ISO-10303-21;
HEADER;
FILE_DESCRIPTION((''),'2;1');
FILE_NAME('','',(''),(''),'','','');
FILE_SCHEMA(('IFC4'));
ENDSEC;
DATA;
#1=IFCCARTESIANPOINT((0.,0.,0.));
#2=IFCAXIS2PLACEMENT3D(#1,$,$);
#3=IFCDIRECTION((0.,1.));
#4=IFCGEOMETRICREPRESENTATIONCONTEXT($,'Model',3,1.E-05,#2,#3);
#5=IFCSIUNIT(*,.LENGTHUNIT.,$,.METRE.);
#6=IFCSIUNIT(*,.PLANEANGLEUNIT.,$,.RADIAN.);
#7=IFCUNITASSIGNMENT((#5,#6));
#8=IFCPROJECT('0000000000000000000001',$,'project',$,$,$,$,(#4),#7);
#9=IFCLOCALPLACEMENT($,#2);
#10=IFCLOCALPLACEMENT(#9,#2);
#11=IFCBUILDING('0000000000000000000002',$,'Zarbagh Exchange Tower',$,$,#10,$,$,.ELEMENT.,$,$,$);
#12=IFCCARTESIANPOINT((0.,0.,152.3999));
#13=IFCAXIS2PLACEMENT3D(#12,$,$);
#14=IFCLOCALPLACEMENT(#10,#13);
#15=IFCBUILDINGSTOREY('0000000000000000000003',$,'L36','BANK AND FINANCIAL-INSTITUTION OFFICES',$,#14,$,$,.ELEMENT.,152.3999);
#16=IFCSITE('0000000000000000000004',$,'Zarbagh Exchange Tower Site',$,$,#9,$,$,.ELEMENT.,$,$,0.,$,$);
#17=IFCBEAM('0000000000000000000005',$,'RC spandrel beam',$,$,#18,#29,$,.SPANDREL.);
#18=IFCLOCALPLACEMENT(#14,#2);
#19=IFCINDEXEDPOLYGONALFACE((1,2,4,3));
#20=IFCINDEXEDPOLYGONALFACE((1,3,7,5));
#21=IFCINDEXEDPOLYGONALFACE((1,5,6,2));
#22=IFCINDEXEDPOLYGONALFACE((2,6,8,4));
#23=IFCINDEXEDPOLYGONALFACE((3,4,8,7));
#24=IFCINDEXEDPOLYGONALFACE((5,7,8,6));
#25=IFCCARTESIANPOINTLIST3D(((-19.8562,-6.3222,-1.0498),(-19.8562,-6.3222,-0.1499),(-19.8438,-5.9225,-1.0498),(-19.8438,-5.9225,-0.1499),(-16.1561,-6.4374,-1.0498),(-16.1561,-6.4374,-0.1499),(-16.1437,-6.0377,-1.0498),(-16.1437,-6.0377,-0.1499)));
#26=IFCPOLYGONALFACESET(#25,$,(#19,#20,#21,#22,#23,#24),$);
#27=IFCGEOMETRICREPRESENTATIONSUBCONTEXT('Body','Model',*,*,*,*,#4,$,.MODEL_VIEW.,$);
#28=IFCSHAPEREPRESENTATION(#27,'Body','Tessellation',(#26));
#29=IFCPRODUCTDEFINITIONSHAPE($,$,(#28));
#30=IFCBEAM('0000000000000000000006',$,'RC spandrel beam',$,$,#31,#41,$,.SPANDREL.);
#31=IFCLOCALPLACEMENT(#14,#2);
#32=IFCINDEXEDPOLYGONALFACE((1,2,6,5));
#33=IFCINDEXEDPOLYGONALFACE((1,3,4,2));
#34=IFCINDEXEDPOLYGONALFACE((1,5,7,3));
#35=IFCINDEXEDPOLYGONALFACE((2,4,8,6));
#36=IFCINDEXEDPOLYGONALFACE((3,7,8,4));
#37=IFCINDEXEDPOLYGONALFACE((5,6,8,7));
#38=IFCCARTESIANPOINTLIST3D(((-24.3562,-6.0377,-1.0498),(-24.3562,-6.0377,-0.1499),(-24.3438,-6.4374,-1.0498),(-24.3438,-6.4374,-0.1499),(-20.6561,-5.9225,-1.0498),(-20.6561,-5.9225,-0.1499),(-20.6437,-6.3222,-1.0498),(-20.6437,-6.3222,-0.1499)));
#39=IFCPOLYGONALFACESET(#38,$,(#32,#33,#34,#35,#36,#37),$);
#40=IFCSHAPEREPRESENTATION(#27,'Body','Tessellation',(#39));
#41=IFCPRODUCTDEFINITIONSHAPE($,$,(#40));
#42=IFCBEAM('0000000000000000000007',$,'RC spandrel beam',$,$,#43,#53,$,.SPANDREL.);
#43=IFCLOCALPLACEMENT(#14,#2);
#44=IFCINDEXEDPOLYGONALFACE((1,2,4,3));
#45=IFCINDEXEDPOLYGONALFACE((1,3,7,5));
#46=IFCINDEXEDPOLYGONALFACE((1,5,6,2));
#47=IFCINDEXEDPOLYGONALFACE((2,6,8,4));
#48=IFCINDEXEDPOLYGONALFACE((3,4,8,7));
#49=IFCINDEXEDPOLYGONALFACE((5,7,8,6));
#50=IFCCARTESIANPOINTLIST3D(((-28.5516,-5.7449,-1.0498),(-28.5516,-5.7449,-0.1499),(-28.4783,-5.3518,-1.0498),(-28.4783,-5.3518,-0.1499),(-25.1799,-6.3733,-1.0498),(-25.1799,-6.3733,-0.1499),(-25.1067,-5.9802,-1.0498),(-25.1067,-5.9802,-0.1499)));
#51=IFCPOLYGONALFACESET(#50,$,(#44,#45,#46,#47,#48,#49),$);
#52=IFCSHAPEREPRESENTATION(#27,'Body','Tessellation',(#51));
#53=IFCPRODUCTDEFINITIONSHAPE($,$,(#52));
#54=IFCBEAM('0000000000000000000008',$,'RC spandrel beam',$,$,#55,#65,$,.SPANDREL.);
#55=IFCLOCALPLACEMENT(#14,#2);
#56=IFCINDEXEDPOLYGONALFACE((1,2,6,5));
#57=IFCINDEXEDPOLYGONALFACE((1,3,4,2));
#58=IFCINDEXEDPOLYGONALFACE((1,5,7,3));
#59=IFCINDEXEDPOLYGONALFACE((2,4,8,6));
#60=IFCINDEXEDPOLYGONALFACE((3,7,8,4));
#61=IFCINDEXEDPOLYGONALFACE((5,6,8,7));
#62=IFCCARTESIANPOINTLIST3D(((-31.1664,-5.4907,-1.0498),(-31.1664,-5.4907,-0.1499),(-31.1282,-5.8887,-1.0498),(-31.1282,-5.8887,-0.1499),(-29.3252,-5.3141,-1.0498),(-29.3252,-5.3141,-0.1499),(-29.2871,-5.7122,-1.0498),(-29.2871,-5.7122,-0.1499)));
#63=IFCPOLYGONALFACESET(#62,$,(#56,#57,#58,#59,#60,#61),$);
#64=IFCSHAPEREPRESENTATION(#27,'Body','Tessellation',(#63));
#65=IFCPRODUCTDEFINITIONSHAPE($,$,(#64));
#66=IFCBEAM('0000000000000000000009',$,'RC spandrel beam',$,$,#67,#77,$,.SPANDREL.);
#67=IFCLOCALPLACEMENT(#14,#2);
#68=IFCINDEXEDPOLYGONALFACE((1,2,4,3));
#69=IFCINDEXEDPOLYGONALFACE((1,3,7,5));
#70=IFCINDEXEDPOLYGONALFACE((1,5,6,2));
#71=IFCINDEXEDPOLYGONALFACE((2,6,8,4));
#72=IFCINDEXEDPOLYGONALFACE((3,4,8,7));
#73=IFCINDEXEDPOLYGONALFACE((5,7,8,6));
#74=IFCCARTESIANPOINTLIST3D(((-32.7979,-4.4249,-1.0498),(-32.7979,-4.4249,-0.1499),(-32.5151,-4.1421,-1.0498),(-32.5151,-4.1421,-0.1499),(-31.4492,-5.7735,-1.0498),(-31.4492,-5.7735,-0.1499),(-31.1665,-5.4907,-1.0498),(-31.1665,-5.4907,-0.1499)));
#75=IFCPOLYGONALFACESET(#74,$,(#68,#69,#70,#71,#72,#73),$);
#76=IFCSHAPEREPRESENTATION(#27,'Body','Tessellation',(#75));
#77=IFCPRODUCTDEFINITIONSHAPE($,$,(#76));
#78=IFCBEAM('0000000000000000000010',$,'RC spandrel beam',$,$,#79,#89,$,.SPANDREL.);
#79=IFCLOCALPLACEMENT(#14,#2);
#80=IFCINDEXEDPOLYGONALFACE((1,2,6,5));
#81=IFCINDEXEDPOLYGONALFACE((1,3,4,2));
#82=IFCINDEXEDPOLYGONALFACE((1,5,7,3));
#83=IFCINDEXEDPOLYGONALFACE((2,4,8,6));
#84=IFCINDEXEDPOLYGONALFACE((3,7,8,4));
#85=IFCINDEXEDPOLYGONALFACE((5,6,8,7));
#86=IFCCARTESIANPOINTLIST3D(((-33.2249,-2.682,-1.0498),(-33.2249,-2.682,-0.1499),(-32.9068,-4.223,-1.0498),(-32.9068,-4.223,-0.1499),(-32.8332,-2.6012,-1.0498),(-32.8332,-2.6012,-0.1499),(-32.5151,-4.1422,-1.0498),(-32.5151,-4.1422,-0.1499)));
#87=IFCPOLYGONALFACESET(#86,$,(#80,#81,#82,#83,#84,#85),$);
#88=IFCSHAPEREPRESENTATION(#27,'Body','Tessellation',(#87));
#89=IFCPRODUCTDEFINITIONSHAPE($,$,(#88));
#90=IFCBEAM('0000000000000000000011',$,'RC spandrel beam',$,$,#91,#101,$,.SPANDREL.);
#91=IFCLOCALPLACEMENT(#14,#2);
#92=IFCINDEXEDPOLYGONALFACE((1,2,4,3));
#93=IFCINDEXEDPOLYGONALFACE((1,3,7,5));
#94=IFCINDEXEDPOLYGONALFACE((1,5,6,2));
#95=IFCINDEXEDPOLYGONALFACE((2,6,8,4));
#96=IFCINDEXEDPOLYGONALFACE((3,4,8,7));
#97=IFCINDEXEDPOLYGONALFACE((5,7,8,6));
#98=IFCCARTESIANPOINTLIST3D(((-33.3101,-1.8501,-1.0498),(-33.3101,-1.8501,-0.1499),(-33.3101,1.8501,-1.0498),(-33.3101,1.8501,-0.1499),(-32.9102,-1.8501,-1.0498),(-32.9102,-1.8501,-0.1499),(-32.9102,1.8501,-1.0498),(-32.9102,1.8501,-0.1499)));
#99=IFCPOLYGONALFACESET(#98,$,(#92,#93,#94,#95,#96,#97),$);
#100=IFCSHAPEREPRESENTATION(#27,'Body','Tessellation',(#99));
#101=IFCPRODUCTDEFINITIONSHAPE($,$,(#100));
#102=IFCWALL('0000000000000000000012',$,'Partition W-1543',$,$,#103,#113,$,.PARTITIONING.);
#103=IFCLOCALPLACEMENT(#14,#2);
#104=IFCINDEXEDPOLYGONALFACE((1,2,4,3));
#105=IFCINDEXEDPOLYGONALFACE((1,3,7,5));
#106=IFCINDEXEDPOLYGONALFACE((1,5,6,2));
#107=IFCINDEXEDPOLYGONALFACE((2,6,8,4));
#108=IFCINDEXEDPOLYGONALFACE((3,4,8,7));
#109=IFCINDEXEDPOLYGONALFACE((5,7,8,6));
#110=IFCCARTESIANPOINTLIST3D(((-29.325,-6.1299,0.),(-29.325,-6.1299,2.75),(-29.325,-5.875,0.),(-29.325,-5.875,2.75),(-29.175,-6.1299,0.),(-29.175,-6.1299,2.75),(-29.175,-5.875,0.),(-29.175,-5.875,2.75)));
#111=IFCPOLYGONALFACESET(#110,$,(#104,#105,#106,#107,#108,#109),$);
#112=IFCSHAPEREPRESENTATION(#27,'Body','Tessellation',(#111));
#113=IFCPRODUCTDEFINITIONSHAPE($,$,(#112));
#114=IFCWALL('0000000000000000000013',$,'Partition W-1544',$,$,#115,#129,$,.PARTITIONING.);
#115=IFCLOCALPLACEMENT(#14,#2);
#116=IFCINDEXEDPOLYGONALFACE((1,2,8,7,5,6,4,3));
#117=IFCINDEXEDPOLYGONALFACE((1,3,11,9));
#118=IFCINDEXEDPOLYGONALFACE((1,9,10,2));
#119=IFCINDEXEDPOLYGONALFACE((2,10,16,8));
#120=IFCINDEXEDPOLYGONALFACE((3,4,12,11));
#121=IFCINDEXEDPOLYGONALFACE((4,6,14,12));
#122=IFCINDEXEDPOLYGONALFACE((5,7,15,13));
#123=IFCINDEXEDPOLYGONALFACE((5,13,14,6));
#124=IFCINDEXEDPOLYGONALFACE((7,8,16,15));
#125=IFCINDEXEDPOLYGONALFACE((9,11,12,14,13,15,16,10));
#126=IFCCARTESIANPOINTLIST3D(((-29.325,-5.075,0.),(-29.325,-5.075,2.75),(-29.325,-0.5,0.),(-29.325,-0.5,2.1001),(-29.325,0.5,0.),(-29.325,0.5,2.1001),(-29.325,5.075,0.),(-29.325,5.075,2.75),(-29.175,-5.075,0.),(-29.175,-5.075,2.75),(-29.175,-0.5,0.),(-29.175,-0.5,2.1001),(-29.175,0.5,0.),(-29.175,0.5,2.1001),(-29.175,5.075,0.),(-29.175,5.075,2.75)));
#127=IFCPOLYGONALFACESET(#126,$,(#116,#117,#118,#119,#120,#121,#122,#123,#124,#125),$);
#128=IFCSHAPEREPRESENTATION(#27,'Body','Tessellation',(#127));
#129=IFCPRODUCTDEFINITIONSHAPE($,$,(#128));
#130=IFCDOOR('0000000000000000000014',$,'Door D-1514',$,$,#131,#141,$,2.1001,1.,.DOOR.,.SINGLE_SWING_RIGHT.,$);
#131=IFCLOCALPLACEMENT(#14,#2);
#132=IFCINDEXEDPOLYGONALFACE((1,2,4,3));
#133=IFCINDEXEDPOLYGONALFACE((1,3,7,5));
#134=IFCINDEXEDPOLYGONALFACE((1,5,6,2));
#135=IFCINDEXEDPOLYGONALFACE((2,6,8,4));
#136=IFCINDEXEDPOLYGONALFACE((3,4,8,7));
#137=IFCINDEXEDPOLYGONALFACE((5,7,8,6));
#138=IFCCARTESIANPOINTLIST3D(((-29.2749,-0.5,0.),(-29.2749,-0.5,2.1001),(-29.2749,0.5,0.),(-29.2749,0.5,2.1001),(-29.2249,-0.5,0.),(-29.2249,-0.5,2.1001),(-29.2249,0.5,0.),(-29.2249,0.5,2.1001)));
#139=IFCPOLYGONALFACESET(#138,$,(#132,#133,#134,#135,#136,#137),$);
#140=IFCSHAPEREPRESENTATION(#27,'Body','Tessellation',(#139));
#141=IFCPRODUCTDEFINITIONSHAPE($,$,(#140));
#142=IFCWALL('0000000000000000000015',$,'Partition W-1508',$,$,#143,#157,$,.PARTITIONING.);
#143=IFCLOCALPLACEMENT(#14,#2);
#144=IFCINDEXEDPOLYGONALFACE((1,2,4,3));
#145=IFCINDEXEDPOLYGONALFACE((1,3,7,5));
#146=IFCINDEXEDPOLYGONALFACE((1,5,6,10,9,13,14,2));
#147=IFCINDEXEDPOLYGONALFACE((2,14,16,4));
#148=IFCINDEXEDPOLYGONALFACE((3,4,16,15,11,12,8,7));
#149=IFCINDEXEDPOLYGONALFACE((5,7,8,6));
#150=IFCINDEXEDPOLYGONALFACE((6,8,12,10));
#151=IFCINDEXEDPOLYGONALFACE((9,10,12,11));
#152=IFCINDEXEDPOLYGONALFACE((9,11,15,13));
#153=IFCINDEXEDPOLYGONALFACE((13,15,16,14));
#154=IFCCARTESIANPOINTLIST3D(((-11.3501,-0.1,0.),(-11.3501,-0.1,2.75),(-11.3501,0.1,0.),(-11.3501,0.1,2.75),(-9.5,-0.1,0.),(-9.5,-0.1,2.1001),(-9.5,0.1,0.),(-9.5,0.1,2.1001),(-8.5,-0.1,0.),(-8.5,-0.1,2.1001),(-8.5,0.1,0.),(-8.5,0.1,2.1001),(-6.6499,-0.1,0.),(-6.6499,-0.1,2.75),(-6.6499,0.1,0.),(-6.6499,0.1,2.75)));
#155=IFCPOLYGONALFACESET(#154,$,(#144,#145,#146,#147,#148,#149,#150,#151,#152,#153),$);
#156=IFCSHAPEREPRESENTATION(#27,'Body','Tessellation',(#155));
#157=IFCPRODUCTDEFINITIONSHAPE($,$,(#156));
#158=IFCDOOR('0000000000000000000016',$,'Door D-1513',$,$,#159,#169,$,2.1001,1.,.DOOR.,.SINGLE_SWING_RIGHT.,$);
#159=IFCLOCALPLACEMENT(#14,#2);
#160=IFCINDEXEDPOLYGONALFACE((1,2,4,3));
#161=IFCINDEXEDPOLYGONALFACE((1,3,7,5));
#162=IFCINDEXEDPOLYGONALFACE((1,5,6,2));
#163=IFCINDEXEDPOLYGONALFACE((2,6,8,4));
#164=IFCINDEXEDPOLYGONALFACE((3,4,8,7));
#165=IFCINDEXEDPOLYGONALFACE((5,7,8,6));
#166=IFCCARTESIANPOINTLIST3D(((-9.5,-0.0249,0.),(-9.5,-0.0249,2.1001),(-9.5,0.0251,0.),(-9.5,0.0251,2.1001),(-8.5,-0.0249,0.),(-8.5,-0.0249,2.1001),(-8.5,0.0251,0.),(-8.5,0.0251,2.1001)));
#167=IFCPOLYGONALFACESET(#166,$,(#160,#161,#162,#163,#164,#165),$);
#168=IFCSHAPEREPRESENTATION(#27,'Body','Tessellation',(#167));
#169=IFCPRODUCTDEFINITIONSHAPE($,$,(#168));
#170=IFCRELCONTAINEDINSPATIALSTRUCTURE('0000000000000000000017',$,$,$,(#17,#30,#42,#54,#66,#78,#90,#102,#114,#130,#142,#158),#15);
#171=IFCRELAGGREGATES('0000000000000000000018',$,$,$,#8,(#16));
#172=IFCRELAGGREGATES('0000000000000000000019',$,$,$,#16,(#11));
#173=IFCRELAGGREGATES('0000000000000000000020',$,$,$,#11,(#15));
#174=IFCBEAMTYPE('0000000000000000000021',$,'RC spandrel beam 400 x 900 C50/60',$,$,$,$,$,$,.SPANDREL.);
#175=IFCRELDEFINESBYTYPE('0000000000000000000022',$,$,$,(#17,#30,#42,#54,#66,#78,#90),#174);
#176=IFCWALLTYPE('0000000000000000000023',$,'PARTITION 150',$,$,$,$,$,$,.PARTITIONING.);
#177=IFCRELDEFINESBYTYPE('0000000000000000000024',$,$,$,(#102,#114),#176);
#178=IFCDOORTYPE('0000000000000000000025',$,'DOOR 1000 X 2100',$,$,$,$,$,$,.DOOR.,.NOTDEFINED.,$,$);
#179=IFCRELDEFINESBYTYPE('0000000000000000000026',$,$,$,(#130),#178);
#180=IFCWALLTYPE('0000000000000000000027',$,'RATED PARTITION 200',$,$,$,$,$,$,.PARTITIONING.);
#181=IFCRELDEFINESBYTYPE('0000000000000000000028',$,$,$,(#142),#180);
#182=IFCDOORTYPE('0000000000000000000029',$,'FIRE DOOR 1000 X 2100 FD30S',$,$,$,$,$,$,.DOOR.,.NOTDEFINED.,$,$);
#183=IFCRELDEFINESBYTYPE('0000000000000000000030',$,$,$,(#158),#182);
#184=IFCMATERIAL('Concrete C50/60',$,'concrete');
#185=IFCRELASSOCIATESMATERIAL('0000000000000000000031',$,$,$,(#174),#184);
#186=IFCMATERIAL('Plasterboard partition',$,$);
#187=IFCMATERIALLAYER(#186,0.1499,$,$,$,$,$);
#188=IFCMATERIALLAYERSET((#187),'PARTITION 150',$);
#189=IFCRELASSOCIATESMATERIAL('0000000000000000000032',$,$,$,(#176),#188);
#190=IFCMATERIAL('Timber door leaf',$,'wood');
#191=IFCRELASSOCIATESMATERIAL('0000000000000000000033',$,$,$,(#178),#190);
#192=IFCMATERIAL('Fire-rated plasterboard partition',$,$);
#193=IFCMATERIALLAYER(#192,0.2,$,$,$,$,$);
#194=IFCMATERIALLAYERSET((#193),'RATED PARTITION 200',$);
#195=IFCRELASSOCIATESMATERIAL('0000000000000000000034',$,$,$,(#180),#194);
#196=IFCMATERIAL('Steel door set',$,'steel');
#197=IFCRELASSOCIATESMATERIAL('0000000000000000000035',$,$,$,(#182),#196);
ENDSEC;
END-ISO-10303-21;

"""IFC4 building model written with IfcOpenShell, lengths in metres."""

from ifc_helpers import new_model, si_unit, direction, frame, frame_2d, origin, origin_2d, place, context, subcontext, project, spatial, rectangle, extrude, material, layer, layer_set, material_profile, profile_set, type_object, element, fill, save


model = new_model("IFC4")

# Units and contexts
model_context = context("Model", 3, precision=1e-05, world=origin(), true_north=direction((0.0, 1.0)))
body_context = subcontext(model_context, "Body", "Model", "MODEL_VIEW")
ifc_project = project(units=[si_unit("LENGTHUNIT", "METRE"), si_unit("PLANEANGLEUNIT", "RADIAN")], contexts=[model_context])

# Site, building, storey
site_placement = place(None, origin())
site = spatial("IfcSite", under=ifc_project, at=site_placement, Name="Zarbagh Exchange Tower Site", CompositionType="ELEMENT", RefElevation=0.0)
building_placement = place(site_placement, origin())
building = spatial("IfcBuilding", under=site, at=building_placement, Name="Zarbagh Exchange Tower", CompositionType="ELEMENT")
storey_placement = place(building_placement, frame((0.0, 0.0, 152.3999)))
storey = spatial("IfcBuildingStorey", under=building, at=storey_placement, Name="L36", Description="BANK AND FINANCIAL-INSTITUTION OFFICES", CompositionType="ELEMENT", Elevation=152.3999)

# Shared definitions
ifc_material_1 = material(Name="Concrete C50/60", Category="concrete")

# Beams
ifc_material_profile_1 = material_profile(ifc_material_1, rectangle(XDim=0.3999, YDim=0.8999, at=origin_2d()), Name="RC spandrel beam 400 x 900 C50/60")
ifc_profile_set_1 = profile_set([ifc_material_profile_1], Name="Concrete C50/60")
beam_type_1 = type_object("IfcBeamType", Name="RC spandrel beam 400 x 900 C50/60", PredefinedType="SPANDREL", material=ifc_profile_set_1)
for number, where, z_axis, x_axis, name in (
    (1, (-16.1499, -6.2375, -0.5999), (-0.999515, 0.031128, 0.0), (-0.031128, -0.999515, 0.0), "RC spandrel beam"),
    (2, (-20.6499, -6.1223, -0.5999), (-0.999515, -0.031128, 0.0), (0.031128, -0.999515, 0.0), "RC spandrel beam"),
):
    element("IfcBeam", number, at=place(storey_placement, frame(where, z_axis=z_axis, x_axis=x_axis)), inside=storey, type_object=beam_type_1, Name=name, PredefinedType="SPANDREL", context=body_context, shape_type="SweptSolid", body=[
        extrude(rectangle(XDim=0.3999, YDim=0.8999, at=origin_2d()), origin(), (0.0, 0.0, 1.0), 3.7019),
    ])
beam_1_placement = place(storey_placement, frame((-25.1433, -6.1768, -0.5999), z_axis=(-0.98307, 0.183231, 0.0), x_axis=(-0.183231, -0.98307, 0.0)))
element("IfcBeam", 3, at=beam_1_placement, inside=storey, type_object=beam_type_1, Name="RC spandrel beam", PredefinedType="SPANDREL", context=body_context, shape_type="SweptSolid", body=[
    extrude(rectangle(XDim=0.3999, YDim=0.8999, at=origin_2d()), origin(), (0.0, 0.0, 1.0), 3.4297),
])
beam_2_placement = place(storey_placement, frame((-29.3062, -5.5132, -0.5999), z_axis=(-0.995435, -0.095438, 0.0), x_axis=(0.095438, -0.995435, 0.0)))
element("IfcBeam", 4, at=beam_2_placement, inside=storey, type_object=beam_type_1, Name="RC spandrel beam", PredefinedType="SPANDREL", context=body_context, shape_type="SweptSolid", body=[
    extrude(rectangle(XDim=0.3999, YDim=0.8999, at=origin_2d()), origin(), (0.0, 0.0, 1.0), 1.8496),
])
beam_3_placement = place(storey_placement, frame((-31.3079, -5.6321, -0.5999), z_axis=(-0.707107, 0.707107, 0.0), x_axis=(-0.707107, -0.707107, 0.0)))
element("IfcBeam", 5, at=beam_3_placement, inside=storey, type_object=beam_type_1, Name="RC spandrel beam", PredefinedType="SPANDREL", context=body_context, shape_type="SweptSolid", body=[
    extrude(rectangle(XDim=0.3999, YDim=0.8999, at=origin_2d()), origin(), (0.0, 0.0, 1.0), 1.9072),
])
beam_4_placement = place(storey_placement, frame((-32.7109, -4.1826, -0.5999), z_axis=(-0.202169, 0.979351, 0.0), x_axis=(-0.979351, -0.202169, 0.0)))
element("IfcBeam", 6, at=beam_4_placement, inside=storey, type_object=beam_type_1, Name="RC spandrel beam", PredefinedType="SPANDREL", context=body_context, shape_type="SweptSolid", body=[
    extrude(rectangle(XDim=0.3999, YDim=0.8999, at=origin_2d()), origin(), (0.0, 0.0, 1.0), 1.5735),
])
beam_5_placement = place(storey_placement, frame((-33.1101, -1.8501, -0.5999), z_axis=(0.0, 1.0, 0.0), x_axis=(-1.0, 0.0, 0.0)))
element("IfcBeam", 7, at=beam_5_placement, inside=storey, type_object=beam_type_1, Name="RC spandrel beam", PredefinedType="SPANDREL", context=body_context, shape_type="SweptSolid", body=[
    extrude(rectangle(XDim=0.3999, YDim=0.8999, at=origin_2d()), origin(), (0.0, 0.0, 1.0), 3.7002),
])

# Wall
ifc_material_2 = material(Name="Plasterboard partition")
ifc_layer_1 = layer(ifc_material_2, 0.1499)
ifc_layer_set_1 = layer_set([ifc_layer_1], Name="PARTITION 150")
wall_type_1 = type_object("IfcWallType", Name="PARTITION 150", PredefinedType="PARTITIONING", material=ifc_layer_set_1)
wall_1_placement = place(storey_placement, frame((-29.25, -6.1299, 0.0), z_axis=(0.0, 0.0, 1.0), x_axis=(0.0, 1.0, 0.0)))
element("IfcWall", 8, at=wall_1_placement, inside=storey, type_object=wall_type_1, Name="Partition W-1543", PredefinedType="PARTITIONING", context=body_context, shape_type="SweptSolid", body=[
    extrude(rectangle(XDim=0.2549, YDim=0.1499, at=frame_2d((0.1274, 0.0))), origin(), (0.0, 0.0, 1.0), 2.75),
])

# Walls, openings, doors
wall_2_placement = place(storey_placement, frame((-29.25, -5.075, 0.0), z_axis=(0.0, 0.0, 1.0), x_axis=(0.0, 1.0, 0.0)))
wall_2 = element("IfcWall", 9, at=wall_2_placement, inside=storey, type_object=wall_type_1, Name="Partition W-1544", PredefinedType="PARTITIONING", context=body_context, shape_type="SweptSolid", body=[
    extrude(rectangle(XDim=10.1499, YDim=0.1499, at=frame_2d((5.075, 0.0))), origin(), (0.0, 0.0, 1.0), 2.75),
])
opening_1_placement = place(wall_2_placement, frame((4.575, 0.0, 0.0)))
opening_1 = element("IfcOpeningElement", 10, at=opening_1_placement, cuts=wall_2, PredefinedType="OPENING", context=body_context, shape_type="SweptSolid", body=[
    extrude(rectangle(XDim=1.0, YDim=2.1001, at=frame_2d((0.5, 1.05))), frame((0.0, 0.085, 0.0), z_axis=(0.0, -1.0, 0.0), x_axis=(1.0, 0.0, 0.0)), (0.0, 0.0, 1.0), 0.1699),
])
ifc_material_3 = material(Name="Timber door leaf", Category="wood")
door_type_1 = type_object("IfcDoorType", Name="DOOR 1000 X 2100", OperationType="NOTDEFINED", PredefinedType="DOOR", material=ifc_material_3)
door_1_placement = place(opening_1_placement, origin())
door_1 = element("IfcDoor", 11, at=door_1_placement, inside=storey, type_object=door_type_1, Name="Door D-1514", OperationType="SINGLE_SWING_RIGHT", OverallHeight=2.1001, OverallWidth=1.0, PredefinedType="DOOR", context=body_context, shape_type="SweptSolid", body=[
    extrude(rectangle(XDim=1.0, YDim=2.1001, at=frame_2d((0.5, 1.05))), frame((0.0, 0.0249, 0.0), z_axis=(0.0, -1.0, 0.0), x_axis=(1.0, 0.0, 0.0)), (0.0, 0.0, 1.0), 0.05),
])
fill(opening_1, door_1)
ifc_material_4 = material(Name="Fire-rated plasterboard partition")
ifc_layer_2 = layer(ifc_material_4, 0.2)
ifc_layer_set_2 = layer_set([ifc_layer_2], Name="RATED PARTITION 200")
wall_type_2 = type_object("IfcWallType", Name="RATED PARTITION 200", PredefinedType="PARTITIONING", material=ifc_layer_set_2)
wall_3_placement = place(storey_placement, frame((-6.6499, 0.0, 0.0), z_axis=(0.0, 0.0, 1.0), x_axis=(-1.0, 0.0, 0.0)))
wall_3 = element("IfcWall", 12, at=wall_3_placement, inside=storey, type_object=wall_type_2, Name="Partition W-1508", PredefinedType="PARTITIONING", context=body_context, shape_type="SweptSolid", body=[
    extrude(rectangle(XDim=4.7002, YDim=0.2, at=frame_2d((2.3501, 0.0))), origin(), (0.0, 0.0, 1.0), 2.75),
])
opening_2_placement = place(wall_3_placement, frame((1.8501, 0.0, 0.0)))
opening_2 = element("IfcOpeningElement", 13, at=opening_2_placement, cuts=wall_3, PredefinedType="OPENING", context=body_context, shape_type="SweptSolid", body=[
    extrude(rectangle(XDim=1.0, YDim=2.1001, at=frame_2d((0.5, 1.05))), frame((0.0, 0.1099, 0.0), z_axis=(0.0, -1.0, 0.0), x_axis=(1.0, 0.0, 0.0)), (0.0, 0.0, 1.0), 0.22),
])
ifc_material_5 = material(Name="Steel door set", Category="steel")
door_type_2 = type_object("IfcDoorType", Name="FIRE DOOR 1000 X 2100 FD30S", OperationType="NOTDEFINED", PredefinedType="DOOR", material=ifc_material_5)
door_2_placement = place(opening_2_placement, origin())
door_2 = element("IfcDoor", 14, at=door_2_placement, inside=storey, type_object=door_type_2, Name="Door D-1513", OperationType="SINGLE_SWING_RIGHT", OverallHeight=2.1001, OverallWidth=1.0, PredefinedType="DOOR", context=body_context, shape_type="SweptSolid", body=[
    extrude(rectangle(XDim=1.0, YDim=2.1001, at=frame_2d((0.5, 1.05))), frame((0.0, 0.0249, 0.0), z_axis=(0.0, -1.0, 0.0), x_axis=(1.0, 0.0, 0.0)), (0.0, 0.0, 1.0), 0.05),
])
fill(opening_2, door_2)

save(model, "model.ifc")
